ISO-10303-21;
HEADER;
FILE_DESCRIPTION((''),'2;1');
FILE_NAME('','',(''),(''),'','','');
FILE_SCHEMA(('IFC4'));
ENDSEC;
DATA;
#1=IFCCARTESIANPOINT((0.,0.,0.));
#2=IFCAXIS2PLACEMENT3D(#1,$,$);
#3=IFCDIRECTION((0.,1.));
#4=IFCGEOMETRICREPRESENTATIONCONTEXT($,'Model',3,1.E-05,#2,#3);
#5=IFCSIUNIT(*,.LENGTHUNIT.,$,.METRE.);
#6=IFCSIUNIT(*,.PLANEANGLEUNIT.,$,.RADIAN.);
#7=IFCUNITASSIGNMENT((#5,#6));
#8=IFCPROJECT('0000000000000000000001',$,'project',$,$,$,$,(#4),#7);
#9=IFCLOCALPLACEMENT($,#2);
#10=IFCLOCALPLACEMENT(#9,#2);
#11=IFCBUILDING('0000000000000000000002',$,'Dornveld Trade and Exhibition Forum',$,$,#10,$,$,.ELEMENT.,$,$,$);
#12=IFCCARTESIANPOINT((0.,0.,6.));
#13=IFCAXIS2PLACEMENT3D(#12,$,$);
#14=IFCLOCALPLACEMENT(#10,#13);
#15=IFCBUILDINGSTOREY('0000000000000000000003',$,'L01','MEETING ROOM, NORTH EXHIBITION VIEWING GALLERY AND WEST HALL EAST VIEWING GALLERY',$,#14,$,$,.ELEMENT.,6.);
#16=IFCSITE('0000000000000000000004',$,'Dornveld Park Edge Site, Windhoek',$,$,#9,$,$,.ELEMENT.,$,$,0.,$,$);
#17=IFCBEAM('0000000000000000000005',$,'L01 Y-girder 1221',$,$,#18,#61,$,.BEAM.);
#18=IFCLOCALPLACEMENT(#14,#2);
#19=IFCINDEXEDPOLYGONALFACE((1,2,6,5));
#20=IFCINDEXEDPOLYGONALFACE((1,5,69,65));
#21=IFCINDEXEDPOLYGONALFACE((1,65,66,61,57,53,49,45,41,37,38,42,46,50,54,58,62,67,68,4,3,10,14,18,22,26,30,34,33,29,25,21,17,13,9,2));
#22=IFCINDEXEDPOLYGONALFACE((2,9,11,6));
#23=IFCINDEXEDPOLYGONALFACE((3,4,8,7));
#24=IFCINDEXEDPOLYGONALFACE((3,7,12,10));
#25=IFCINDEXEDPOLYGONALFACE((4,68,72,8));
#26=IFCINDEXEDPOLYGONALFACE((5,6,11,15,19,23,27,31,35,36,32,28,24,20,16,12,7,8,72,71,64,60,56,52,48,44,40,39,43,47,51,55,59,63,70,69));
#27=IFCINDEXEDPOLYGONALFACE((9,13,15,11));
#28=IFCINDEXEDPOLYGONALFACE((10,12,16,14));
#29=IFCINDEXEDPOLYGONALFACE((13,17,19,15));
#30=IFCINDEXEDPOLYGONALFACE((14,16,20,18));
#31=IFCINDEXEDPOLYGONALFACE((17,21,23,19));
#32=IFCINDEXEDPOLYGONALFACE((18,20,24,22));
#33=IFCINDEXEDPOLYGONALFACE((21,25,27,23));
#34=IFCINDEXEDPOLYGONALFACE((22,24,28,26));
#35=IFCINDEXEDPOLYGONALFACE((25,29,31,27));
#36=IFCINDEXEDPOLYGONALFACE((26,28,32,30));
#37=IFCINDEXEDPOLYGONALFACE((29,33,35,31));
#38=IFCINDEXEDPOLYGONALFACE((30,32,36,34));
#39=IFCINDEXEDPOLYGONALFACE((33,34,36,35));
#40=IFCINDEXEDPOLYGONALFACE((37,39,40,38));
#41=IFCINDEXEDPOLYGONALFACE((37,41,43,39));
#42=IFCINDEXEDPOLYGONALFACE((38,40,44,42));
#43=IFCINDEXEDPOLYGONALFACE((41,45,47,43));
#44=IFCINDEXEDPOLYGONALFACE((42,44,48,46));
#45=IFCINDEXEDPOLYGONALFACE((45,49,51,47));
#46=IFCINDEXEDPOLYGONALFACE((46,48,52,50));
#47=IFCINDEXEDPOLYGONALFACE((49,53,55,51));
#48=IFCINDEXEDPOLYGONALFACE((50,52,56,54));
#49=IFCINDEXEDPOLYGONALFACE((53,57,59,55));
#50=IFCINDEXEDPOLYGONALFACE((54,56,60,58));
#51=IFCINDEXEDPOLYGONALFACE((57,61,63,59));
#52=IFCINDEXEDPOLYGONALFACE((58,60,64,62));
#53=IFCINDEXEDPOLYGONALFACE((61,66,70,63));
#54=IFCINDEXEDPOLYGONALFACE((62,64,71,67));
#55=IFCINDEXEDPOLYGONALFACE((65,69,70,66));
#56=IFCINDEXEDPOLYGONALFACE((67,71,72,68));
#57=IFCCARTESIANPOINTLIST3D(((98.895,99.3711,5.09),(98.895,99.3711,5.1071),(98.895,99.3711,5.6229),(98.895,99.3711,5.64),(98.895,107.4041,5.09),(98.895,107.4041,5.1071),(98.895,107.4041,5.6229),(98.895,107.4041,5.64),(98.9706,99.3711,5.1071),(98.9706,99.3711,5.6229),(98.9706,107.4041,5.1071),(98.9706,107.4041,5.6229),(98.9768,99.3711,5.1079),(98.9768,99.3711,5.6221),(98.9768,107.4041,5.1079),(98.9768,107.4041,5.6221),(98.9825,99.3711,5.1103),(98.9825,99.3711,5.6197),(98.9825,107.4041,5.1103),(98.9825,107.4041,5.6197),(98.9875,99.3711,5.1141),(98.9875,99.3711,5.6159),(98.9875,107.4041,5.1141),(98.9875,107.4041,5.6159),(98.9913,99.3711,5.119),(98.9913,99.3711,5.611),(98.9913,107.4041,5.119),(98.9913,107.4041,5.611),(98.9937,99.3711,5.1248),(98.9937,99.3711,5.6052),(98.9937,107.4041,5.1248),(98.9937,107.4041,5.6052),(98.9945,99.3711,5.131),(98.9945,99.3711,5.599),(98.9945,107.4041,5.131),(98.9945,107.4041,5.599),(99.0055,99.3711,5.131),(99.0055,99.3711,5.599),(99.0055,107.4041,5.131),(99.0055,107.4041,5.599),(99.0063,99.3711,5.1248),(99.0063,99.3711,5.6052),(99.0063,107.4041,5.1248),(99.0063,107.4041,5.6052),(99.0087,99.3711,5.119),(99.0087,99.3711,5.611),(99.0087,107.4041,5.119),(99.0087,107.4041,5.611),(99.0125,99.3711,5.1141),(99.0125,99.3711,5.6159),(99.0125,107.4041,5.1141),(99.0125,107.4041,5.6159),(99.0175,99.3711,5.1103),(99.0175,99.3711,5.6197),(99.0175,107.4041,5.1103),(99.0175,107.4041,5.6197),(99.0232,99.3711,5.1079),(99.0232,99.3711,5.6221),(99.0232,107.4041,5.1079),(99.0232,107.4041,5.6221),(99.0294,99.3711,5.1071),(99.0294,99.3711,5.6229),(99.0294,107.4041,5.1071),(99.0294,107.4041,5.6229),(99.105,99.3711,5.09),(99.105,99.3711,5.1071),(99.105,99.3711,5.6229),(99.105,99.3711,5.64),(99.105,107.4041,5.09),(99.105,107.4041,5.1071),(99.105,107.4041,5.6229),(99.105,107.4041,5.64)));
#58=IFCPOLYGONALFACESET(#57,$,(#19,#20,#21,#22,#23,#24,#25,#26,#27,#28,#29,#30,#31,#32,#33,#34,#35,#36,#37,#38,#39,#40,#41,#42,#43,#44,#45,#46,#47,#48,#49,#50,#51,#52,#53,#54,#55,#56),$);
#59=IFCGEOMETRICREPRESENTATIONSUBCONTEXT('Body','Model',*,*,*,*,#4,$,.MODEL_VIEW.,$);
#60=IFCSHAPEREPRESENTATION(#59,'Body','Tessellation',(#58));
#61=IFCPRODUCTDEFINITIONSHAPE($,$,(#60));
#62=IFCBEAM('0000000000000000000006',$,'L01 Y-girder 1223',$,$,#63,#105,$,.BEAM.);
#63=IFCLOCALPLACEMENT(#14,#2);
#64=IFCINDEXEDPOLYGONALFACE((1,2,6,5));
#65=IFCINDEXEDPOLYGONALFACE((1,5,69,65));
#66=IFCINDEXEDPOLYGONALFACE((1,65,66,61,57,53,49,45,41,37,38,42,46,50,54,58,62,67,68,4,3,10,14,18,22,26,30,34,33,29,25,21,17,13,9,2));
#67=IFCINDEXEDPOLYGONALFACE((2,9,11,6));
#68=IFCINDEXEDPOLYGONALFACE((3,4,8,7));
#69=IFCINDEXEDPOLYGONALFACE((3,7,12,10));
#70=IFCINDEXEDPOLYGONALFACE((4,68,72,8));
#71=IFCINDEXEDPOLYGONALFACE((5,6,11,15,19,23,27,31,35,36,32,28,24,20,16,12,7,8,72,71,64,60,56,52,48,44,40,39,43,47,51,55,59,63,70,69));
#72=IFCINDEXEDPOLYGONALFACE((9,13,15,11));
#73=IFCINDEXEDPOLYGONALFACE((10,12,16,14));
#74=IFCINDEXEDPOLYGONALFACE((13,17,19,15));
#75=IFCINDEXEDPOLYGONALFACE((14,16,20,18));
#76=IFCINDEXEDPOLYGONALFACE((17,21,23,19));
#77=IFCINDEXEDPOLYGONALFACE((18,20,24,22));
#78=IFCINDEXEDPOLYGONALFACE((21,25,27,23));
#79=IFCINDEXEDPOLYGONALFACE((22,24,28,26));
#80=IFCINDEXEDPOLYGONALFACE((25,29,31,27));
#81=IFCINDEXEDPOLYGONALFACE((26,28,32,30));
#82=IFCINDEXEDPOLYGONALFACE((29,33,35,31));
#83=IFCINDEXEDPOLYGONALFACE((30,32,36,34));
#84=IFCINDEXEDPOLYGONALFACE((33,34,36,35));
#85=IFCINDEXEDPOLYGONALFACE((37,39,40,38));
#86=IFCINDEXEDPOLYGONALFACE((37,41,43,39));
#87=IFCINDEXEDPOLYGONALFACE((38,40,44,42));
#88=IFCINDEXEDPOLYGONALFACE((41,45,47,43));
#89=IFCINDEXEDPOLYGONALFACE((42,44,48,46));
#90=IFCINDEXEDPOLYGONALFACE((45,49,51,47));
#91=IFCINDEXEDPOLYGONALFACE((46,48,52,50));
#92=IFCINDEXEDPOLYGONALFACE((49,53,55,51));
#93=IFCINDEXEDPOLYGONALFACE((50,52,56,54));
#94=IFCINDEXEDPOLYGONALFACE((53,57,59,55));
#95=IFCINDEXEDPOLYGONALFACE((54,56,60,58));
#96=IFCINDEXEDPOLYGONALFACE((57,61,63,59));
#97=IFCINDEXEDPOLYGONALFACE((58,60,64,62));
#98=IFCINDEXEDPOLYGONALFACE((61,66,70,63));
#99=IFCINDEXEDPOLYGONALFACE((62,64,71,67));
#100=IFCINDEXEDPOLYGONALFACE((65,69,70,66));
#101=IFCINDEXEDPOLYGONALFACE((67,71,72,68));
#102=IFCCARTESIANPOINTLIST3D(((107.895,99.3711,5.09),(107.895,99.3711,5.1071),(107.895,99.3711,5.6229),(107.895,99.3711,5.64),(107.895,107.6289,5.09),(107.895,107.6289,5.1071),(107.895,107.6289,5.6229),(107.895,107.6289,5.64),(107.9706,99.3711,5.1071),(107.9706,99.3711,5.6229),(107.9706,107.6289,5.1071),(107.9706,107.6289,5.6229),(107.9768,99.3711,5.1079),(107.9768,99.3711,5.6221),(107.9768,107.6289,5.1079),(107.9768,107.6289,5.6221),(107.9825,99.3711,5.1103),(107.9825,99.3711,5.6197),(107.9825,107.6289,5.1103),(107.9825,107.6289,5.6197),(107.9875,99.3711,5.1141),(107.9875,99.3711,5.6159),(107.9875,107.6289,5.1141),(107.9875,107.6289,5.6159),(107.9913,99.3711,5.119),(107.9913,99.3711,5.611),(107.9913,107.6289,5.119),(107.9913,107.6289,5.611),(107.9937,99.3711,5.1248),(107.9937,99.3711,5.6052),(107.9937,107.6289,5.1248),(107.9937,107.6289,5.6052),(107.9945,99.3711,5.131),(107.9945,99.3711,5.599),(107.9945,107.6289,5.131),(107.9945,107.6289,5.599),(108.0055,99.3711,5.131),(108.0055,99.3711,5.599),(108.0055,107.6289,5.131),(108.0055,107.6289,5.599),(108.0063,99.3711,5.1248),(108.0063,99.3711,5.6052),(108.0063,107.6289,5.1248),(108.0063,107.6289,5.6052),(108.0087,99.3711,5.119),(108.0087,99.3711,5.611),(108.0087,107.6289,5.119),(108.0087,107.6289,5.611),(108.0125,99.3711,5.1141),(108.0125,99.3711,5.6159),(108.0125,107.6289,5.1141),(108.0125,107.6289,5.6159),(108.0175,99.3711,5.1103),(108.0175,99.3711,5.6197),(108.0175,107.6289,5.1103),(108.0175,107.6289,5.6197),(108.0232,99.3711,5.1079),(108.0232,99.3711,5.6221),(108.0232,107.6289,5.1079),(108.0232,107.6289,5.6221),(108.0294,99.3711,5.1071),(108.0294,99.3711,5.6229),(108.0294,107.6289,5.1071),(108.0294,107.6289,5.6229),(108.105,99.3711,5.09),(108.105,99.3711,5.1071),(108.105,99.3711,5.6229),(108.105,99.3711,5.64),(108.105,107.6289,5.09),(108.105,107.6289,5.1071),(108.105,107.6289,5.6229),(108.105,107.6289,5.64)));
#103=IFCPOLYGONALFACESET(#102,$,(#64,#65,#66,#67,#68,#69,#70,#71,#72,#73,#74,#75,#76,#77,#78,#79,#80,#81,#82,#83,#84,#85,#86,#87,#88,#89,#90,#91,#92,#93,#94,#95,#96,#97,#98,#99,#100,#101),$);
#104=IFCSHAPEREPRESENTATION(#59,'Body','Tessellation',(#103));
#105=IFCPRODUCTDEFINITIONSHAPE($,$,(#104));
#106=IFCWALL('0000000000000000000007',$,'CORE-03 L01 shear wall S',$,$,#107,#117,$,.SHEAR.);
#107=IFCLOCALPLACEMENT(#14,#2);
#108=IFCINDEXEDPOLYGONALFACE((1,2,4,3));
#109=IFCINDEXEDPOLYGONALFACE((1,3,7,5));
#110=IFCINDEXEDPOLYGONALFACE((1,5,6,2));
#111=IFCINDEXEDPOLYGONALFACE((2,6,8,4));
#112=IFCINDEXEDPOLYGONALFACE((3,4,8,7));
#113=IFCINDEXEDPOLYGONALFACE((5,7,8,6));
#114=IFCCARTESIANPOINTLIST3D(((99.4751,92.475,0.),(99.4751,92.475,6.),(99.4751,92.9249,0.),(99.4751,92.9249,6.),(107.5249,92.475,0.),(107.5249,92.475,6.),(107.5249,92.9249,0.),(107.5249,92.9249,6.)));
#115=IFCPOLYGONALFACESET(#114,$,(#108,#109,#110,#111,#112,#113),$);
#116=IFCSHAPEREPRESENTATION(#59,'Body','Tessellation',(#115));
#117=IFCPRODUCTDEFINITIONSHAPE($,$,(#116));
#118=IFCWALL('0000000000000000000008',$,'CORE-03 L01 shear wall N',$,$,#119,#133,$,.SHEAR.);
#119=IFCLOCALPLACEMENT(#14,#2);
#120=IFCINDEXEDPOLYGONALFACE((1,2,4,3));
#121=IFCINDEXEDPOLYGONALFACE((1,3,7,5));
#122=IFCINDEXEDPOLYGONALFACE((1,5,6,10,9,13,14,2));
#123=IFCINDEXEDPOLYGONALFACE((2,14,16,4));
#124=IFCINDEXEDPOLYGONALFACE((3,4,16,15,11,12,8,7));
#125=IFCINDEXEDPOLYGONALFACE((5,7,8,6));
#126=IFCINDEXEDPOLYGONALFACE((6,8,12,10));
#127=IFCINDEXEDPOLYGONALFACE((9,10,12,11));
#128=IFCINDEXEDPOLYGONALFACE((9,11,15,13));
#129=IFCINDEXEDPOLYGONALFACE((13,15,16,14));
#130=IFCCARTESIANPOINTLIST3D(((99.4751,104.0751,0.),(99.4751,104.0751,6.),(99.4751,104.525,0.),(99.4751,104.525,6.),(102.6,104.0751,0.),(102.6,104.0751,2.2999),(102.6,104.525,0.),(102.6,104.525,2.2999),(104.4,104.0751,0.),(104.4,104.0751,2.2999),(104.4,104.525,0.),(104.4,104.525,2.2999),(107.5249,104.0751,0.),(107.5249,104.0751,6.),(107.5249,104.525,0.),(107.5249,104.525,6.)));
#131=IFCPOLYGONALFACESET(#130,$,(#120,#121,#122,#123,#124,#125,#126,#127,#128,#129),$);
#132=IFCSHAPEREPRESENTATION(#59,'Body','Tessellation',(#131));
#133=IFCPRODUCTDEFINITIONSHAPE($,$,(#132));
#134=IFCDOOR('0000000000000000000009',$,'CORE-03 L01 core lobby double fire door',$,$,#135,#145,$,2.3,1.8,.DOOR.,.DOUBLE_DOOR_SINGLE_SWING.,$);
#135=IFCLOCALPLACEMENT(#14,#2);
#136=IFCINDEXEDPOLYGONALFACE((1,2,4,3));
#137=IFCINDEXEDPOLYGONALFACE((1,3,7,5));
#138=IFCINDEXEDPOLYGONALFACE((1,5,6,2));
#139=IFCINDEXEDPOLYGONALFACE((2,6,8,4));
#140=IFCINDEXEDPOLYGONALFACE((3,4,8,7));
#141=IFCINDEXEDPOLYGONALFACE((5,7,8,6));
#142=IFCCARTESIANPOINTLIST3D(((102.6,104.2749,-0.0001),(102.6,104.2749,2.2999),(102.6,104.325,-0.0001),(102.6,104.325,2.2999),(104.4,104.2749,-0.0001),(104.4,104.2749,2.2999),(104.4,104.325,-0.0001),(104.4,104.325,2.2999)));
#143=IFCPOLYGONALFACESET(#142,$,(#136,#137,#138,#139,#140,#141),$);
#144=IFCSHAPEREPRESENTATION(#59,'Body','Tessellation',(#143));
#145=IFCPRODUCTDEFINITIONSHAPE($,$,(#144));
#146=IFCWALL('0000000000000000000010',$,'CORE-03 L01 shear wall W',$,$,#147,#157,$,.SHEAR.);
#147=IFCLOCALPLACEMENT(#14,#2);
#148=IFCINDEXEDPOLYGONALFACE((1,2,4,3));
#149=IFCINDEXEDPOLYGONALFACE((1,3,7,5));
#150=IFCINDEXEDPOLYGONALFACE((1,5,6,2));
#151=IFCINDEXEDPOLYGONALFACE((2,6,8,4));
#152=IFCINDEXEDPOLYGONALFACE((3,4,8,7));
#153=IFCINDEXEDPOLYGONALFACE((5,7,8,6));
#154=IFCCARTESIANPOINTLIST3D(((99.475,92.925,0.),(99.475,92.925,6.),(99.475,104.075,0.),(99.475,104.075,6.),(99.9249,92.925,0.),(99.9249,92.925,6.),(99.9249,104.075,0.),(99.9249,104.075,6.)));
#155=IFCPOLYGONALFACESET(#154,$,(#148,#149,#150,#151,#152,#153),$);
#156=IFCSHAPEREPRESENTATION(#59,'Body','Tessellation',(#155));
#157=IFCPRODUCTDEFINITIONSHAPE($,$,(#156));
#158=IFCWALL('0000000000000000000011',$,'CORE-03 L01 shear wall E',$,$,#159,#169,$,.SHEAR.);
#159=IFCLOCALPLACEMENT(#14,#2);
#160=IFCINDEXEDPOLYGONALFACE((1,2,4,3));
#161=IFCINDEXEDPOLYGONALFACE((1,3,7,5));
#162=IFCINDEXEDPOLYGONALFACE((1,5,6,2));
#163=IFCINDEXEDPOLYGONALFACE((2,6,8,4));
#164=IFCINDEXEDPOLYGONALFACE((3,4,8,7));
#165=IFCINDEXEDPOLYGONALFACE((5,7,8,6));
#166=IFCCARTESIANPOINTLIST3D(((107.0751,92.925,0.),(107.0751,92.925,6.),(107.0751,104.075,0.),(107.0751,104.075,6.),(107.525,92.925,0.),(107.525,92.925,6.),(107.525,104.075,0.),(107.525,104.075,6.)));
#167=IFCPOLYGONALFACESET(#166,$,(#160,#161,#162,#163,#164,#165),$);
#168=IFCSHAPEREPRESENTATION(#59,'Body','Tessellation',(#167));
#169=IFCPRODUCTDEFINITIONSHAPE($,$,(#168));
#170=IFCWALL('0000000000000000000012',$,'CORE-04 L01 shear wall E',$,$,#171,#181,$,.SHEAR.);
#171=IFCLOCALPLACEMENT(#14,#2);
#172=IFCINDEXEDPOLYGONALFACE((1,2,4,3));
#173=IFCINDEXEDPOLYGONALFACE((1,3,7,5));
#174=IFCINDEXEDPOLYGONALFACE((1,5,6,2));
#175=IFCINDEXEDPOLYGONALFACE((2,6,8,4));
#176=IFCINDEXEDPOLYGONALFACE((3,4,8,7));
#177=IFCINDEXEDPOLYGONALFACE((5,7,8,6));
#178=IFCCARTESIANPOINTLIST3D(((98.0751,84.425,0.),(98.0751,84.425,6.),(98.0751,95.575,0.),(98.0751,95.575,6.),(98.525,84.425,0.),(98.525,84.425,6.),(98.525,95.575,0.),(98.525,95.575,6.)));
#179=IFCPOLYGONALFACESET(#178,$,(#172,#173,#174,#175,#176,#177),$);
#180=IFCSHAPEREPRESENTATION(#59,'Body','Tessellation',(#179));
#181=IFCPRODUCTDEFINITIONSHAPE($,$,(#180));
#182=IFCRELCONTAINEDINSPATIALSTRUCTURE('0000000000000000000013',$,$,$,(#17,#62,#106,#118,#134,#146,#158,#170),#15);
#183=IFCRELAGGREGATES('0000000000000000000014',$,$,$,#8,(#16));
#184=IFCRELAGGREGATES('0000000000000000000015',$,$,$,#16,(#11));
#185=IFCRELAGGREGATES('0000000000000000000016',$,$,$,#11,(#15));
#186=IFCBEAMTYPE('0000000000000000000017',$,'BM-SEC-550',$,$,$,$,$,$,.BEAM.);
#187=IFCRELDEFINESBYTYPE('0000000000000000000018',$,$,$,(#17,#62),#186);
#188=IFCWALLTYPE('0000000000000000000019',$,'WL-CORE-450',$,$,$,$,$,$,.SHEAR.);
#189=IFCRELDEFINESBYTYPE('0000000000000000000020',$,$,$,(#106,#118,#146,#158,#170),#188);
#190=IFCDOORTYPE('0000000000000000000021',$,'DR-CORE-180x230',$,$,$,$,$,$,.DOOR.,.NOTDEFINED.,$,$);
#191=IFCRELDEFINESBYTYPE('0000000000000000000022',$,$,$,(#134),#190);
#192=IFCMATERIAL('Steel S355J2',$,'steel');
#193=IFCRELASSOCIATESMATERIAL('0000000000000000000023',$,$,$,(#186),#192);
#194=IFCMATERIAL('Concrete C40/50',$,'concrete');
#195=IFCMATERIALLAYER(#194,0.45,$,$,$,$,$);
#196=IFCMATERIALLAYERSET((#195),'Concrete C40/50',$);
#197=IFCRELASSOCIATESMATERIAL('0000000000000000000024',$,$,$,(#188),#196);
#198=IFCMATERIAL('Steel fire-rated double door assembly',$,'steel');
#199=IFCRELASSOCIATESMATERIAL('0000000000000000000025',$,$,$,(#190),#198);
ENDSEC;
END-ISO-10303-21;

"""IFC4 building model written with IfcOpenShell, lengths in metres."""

from ifc_helpers import new_model, si_unit, direction, frame, frame_2d, origin, origin_2d, place, context, subcontext, project, spatial, rectangle, i_section, extrude, material, layer, layer_set, material_profile, profile_set, type_object, element, fill, save


model = new_model("IFC4")

# Units and contexts
model_context = context("Model", 3, precision=1e-05, world=origin(), true_north=direction((0.0, 1.0)))
body_context = subcontext(model_context, "Body", "Model", "MODEL_VIEW")
ifc_project = project(units=[si_unit("LENGTHUNIT", "METRE"), si_unit("PLANEANGLEUNIT", "RADIAN")], contexts=[model_context])

# Site, building, storey
site_placement = place(None, origin())
site = spatial("IfcSite", under=ifc_project, at=site_placement, Name="Dornveld Park Edge Site, Windhoek", CompositionType="ELEMENT", RefElevation=0.0)
building_placement = place(site_placement, origin())
building = spatial("IfcBuilding", under=site, at=building_placement, Name="Dornveld Trade and Exhibition Forum", CompositionType="ELEMENT")
storey_placement = place(building_placement, frame((0.0, 0.0, 6.0)))
storey = spatial("IfcBuildingStorey", under=building, at=storey_placement, Name="L01", Description="MEETING ROOM, NORTH EXHIBITION VIEWING GALLERY AND WEST HALL EAST VIEWING GALLERY", CompositionType="ELEMENT", Elevation=6.0)

# Beams
ifc_material_1 = material(Name="Steel S355J2", Category="steel")
ifc_material_profile_1 = material_profile(ifc_material_1, i_section(OverallWidth=0.21, OverallDepth=0.55, WebThickness=0.011, FlangeThickness=0.0171, FilletRadius=0.0239, at=origin_2d()), Name="IPE 550")
ifc_profile_set_1 = profile_set([ifc_material_profile_1], Name="Steel S355J2")
beam_type_1 = type_object("IfcBeamType", Name="BM-SEC-550", PredefinedType="BEAM", material=ifc_profile_set_1)
beam_1_placement = place(storey_placement, frame((99.0, 99.3711, 5.365), z_axis=(0.0, 1.0, 0.0), x_axis=(-1.0, 0.0, 0.0)))
element("IfcBeam", 1, at=beam_1_placement, inside=storey, type_object=beam_type_1, Name="L01 Y-girder 1221", PredefinedType="BEAM", context=body_context, shape_type="SweptSolid", body=[
    extrude(i_section(OverallWidth=0.21, OverallDepth=0.55, WebThickness=0.011, FlangeThickness=0.0171, FilletRadius=0.0239, at=origin_2d()), origin(), (0.0, 0.0, 1.0), 8.033),
])
beam_2_placement = place(storey_placement, frame((108.0, 99.3711, 5.365), z_axis=(0.0, 1.0, 0.0), x_axis=(-1.0, 0.0, 0.0)))
element("IfcBeam", 2, at=beam_2_placement, inside=storey, type_object=beam_type_1, Name="L01 Y-girder 1223", PredefinedType="BEAM", context=body_context, shape_type="SweptSolid", body=[
    extrude(i_section(OverallWidth=0.21, OverallDepth=0.55, WebThickness=0.011, FlangeThickness=0.0171, FilletRadius=0.0239, at=origin_2d()), origin(), (0.0, 0.0, 1.0), 8.2578),
])

# Wall
ifc_material_2 = material(Name="Concrete C40/50", Category="concrete")
ifc_layer_1 = layer(ifc_material_2, 0.45)
ifc_layer_set_1 = layer_set([ifc_layer_1], Name="Concrete C40/50")
wall_type_1 = type_object("IfcWallType", Name="WL-CORE-450", PredefinedType="SHEAR", material=ifc_layer_set_1)
wall_1_placement = place(storey_placement, frame((99.4751, 92.7, 0.0), z_axis=(0.0, 0.0, 1.0), x_axis=(1.0, 0.0, 0.0)))
element("IfcWall", 3, at=wall_1_placement, inside=storey, type_object=wall_type_1, Name="CORE-03 L01 shear wall S", PredefinedType="SHEAR", context=body_context, shape_type="SweptSolid", body=[
    extrude(rectangle(XDim=8.0498, YDim=0.45, at=frame_2d((4.0249, 0.0))), origin(), (0.0, 0.0, 1.0), 6.0),
])

# Wall, opening, door
wall_2_placement = place(storey_placement, frame((99.4751, 104.3, 0.0), z_axis=(0.0, 0.0, 1.0), x_axis=(1.0, 0.0, 0.0)))
wall_2 = element("IfcWall", 4, at=wall_2_placement, inside=storey, type_object=wall_type_1, Name="CORE-03 L01 shear wall N", PredefinedType="SHEAR", context=body_context, shape_type="SweptSolid", body=[
    extrude(rectangle(XDim=8.0498, YDim=0.45, at=frame_2d((4.0249, 0.0))), origin(), (0.0, 0.0, 1.0), 6.0),
])
opening_1_placement = place(wall_2_placement, frame((3.125, 0.0, 0.0)))
opening_1 = element("IfcOpeningElement", 5, at=opening_1_placement, cuts=wall_2, PredefinedType="OPENING", context=body_context, shape_type="SweptSolid", body=[
    extrude(rectangle(XDim=1.8, YDim=2.3, at=frame_2d((0.8999, 1.1499))), frame((0.0, 0.2349, 0.0), z_axis=(0.0, -1.0, 0.0), x_axis=(1.0, 0.0, 0.0)), (0.0, 0.0, 1.0), 0.47),
])
ifc_material_3 = material(Name="Steel fire-rated double door assembly", Category="steel")
door_type_1 = type_object("IfcDoorType", Name="DR-CORE-180x230", OperationType="NOTDEFINED", PredefinedType="DOOR", material=ifc_material_3)
door_1_placement = place(opening_1_placement, origin())
door_1 = element("IfcDoor", 6, at=door_1_placement, inside=storey, type_object=door_type_1, Name="CORE-03 L01 core lobby double fire door", OperationType="DOUBLE_DOOR_SINGLE_SWING", OverallHeight=2.3, OverallWidth=1.8, PredefinedType="DOOR", context=body_context, shape_type="SweptSolid", body=[
    extrude(rectangle(XDim=1.8, YDim=2.3, at=frame_2d((0.8999, 1.1499))), frame((0.0, 0.0249, 0.0), z_axis=(0.0, -1.0, 0.0), x_axis=(1.0, 0.0, 0.0)), (0.0, 0.0, 1.0), 0.05),
])
fill(opening_1, door_1)

# Walls
for number, where, z_axis, x_axis, name in (
    (7, (99.7, 92.925, 0.0), (0.0, 0.0, 1.0), (0.0, 1.0, 0.0), "CORE-03 L01 shear wall W"),
    (8, (107.3, 92.925, 0.0), (0.0, 0.0, 1.0), (0.0, 1.0, 0.0), "CORE-03 L01 shear wall E"),
    (9, (98.3, 84.425, 0.0), (0.0, 0.0, 1.0), (0.0, 1.0, 0.0), "CORE-04 L01 shear wall E"),
):
    element("IfcWall", number, at=place(storey_placement, frame(where, z_axis=z_axis, x_axis=x_axis)), inside=storey, type_object=wall_type_1, Name=name, PredefinedType="SHEAR", context=body_context, shape_type="SweptSolid", body=[
        extrude(rectangle(XDim=11.1499, YDim=0.45, at=frame_2d((5.575, 0.0))), origin(), (0.0, 0.0, 1.0), 6.0),
    ])

save(model, "model.ifc")
